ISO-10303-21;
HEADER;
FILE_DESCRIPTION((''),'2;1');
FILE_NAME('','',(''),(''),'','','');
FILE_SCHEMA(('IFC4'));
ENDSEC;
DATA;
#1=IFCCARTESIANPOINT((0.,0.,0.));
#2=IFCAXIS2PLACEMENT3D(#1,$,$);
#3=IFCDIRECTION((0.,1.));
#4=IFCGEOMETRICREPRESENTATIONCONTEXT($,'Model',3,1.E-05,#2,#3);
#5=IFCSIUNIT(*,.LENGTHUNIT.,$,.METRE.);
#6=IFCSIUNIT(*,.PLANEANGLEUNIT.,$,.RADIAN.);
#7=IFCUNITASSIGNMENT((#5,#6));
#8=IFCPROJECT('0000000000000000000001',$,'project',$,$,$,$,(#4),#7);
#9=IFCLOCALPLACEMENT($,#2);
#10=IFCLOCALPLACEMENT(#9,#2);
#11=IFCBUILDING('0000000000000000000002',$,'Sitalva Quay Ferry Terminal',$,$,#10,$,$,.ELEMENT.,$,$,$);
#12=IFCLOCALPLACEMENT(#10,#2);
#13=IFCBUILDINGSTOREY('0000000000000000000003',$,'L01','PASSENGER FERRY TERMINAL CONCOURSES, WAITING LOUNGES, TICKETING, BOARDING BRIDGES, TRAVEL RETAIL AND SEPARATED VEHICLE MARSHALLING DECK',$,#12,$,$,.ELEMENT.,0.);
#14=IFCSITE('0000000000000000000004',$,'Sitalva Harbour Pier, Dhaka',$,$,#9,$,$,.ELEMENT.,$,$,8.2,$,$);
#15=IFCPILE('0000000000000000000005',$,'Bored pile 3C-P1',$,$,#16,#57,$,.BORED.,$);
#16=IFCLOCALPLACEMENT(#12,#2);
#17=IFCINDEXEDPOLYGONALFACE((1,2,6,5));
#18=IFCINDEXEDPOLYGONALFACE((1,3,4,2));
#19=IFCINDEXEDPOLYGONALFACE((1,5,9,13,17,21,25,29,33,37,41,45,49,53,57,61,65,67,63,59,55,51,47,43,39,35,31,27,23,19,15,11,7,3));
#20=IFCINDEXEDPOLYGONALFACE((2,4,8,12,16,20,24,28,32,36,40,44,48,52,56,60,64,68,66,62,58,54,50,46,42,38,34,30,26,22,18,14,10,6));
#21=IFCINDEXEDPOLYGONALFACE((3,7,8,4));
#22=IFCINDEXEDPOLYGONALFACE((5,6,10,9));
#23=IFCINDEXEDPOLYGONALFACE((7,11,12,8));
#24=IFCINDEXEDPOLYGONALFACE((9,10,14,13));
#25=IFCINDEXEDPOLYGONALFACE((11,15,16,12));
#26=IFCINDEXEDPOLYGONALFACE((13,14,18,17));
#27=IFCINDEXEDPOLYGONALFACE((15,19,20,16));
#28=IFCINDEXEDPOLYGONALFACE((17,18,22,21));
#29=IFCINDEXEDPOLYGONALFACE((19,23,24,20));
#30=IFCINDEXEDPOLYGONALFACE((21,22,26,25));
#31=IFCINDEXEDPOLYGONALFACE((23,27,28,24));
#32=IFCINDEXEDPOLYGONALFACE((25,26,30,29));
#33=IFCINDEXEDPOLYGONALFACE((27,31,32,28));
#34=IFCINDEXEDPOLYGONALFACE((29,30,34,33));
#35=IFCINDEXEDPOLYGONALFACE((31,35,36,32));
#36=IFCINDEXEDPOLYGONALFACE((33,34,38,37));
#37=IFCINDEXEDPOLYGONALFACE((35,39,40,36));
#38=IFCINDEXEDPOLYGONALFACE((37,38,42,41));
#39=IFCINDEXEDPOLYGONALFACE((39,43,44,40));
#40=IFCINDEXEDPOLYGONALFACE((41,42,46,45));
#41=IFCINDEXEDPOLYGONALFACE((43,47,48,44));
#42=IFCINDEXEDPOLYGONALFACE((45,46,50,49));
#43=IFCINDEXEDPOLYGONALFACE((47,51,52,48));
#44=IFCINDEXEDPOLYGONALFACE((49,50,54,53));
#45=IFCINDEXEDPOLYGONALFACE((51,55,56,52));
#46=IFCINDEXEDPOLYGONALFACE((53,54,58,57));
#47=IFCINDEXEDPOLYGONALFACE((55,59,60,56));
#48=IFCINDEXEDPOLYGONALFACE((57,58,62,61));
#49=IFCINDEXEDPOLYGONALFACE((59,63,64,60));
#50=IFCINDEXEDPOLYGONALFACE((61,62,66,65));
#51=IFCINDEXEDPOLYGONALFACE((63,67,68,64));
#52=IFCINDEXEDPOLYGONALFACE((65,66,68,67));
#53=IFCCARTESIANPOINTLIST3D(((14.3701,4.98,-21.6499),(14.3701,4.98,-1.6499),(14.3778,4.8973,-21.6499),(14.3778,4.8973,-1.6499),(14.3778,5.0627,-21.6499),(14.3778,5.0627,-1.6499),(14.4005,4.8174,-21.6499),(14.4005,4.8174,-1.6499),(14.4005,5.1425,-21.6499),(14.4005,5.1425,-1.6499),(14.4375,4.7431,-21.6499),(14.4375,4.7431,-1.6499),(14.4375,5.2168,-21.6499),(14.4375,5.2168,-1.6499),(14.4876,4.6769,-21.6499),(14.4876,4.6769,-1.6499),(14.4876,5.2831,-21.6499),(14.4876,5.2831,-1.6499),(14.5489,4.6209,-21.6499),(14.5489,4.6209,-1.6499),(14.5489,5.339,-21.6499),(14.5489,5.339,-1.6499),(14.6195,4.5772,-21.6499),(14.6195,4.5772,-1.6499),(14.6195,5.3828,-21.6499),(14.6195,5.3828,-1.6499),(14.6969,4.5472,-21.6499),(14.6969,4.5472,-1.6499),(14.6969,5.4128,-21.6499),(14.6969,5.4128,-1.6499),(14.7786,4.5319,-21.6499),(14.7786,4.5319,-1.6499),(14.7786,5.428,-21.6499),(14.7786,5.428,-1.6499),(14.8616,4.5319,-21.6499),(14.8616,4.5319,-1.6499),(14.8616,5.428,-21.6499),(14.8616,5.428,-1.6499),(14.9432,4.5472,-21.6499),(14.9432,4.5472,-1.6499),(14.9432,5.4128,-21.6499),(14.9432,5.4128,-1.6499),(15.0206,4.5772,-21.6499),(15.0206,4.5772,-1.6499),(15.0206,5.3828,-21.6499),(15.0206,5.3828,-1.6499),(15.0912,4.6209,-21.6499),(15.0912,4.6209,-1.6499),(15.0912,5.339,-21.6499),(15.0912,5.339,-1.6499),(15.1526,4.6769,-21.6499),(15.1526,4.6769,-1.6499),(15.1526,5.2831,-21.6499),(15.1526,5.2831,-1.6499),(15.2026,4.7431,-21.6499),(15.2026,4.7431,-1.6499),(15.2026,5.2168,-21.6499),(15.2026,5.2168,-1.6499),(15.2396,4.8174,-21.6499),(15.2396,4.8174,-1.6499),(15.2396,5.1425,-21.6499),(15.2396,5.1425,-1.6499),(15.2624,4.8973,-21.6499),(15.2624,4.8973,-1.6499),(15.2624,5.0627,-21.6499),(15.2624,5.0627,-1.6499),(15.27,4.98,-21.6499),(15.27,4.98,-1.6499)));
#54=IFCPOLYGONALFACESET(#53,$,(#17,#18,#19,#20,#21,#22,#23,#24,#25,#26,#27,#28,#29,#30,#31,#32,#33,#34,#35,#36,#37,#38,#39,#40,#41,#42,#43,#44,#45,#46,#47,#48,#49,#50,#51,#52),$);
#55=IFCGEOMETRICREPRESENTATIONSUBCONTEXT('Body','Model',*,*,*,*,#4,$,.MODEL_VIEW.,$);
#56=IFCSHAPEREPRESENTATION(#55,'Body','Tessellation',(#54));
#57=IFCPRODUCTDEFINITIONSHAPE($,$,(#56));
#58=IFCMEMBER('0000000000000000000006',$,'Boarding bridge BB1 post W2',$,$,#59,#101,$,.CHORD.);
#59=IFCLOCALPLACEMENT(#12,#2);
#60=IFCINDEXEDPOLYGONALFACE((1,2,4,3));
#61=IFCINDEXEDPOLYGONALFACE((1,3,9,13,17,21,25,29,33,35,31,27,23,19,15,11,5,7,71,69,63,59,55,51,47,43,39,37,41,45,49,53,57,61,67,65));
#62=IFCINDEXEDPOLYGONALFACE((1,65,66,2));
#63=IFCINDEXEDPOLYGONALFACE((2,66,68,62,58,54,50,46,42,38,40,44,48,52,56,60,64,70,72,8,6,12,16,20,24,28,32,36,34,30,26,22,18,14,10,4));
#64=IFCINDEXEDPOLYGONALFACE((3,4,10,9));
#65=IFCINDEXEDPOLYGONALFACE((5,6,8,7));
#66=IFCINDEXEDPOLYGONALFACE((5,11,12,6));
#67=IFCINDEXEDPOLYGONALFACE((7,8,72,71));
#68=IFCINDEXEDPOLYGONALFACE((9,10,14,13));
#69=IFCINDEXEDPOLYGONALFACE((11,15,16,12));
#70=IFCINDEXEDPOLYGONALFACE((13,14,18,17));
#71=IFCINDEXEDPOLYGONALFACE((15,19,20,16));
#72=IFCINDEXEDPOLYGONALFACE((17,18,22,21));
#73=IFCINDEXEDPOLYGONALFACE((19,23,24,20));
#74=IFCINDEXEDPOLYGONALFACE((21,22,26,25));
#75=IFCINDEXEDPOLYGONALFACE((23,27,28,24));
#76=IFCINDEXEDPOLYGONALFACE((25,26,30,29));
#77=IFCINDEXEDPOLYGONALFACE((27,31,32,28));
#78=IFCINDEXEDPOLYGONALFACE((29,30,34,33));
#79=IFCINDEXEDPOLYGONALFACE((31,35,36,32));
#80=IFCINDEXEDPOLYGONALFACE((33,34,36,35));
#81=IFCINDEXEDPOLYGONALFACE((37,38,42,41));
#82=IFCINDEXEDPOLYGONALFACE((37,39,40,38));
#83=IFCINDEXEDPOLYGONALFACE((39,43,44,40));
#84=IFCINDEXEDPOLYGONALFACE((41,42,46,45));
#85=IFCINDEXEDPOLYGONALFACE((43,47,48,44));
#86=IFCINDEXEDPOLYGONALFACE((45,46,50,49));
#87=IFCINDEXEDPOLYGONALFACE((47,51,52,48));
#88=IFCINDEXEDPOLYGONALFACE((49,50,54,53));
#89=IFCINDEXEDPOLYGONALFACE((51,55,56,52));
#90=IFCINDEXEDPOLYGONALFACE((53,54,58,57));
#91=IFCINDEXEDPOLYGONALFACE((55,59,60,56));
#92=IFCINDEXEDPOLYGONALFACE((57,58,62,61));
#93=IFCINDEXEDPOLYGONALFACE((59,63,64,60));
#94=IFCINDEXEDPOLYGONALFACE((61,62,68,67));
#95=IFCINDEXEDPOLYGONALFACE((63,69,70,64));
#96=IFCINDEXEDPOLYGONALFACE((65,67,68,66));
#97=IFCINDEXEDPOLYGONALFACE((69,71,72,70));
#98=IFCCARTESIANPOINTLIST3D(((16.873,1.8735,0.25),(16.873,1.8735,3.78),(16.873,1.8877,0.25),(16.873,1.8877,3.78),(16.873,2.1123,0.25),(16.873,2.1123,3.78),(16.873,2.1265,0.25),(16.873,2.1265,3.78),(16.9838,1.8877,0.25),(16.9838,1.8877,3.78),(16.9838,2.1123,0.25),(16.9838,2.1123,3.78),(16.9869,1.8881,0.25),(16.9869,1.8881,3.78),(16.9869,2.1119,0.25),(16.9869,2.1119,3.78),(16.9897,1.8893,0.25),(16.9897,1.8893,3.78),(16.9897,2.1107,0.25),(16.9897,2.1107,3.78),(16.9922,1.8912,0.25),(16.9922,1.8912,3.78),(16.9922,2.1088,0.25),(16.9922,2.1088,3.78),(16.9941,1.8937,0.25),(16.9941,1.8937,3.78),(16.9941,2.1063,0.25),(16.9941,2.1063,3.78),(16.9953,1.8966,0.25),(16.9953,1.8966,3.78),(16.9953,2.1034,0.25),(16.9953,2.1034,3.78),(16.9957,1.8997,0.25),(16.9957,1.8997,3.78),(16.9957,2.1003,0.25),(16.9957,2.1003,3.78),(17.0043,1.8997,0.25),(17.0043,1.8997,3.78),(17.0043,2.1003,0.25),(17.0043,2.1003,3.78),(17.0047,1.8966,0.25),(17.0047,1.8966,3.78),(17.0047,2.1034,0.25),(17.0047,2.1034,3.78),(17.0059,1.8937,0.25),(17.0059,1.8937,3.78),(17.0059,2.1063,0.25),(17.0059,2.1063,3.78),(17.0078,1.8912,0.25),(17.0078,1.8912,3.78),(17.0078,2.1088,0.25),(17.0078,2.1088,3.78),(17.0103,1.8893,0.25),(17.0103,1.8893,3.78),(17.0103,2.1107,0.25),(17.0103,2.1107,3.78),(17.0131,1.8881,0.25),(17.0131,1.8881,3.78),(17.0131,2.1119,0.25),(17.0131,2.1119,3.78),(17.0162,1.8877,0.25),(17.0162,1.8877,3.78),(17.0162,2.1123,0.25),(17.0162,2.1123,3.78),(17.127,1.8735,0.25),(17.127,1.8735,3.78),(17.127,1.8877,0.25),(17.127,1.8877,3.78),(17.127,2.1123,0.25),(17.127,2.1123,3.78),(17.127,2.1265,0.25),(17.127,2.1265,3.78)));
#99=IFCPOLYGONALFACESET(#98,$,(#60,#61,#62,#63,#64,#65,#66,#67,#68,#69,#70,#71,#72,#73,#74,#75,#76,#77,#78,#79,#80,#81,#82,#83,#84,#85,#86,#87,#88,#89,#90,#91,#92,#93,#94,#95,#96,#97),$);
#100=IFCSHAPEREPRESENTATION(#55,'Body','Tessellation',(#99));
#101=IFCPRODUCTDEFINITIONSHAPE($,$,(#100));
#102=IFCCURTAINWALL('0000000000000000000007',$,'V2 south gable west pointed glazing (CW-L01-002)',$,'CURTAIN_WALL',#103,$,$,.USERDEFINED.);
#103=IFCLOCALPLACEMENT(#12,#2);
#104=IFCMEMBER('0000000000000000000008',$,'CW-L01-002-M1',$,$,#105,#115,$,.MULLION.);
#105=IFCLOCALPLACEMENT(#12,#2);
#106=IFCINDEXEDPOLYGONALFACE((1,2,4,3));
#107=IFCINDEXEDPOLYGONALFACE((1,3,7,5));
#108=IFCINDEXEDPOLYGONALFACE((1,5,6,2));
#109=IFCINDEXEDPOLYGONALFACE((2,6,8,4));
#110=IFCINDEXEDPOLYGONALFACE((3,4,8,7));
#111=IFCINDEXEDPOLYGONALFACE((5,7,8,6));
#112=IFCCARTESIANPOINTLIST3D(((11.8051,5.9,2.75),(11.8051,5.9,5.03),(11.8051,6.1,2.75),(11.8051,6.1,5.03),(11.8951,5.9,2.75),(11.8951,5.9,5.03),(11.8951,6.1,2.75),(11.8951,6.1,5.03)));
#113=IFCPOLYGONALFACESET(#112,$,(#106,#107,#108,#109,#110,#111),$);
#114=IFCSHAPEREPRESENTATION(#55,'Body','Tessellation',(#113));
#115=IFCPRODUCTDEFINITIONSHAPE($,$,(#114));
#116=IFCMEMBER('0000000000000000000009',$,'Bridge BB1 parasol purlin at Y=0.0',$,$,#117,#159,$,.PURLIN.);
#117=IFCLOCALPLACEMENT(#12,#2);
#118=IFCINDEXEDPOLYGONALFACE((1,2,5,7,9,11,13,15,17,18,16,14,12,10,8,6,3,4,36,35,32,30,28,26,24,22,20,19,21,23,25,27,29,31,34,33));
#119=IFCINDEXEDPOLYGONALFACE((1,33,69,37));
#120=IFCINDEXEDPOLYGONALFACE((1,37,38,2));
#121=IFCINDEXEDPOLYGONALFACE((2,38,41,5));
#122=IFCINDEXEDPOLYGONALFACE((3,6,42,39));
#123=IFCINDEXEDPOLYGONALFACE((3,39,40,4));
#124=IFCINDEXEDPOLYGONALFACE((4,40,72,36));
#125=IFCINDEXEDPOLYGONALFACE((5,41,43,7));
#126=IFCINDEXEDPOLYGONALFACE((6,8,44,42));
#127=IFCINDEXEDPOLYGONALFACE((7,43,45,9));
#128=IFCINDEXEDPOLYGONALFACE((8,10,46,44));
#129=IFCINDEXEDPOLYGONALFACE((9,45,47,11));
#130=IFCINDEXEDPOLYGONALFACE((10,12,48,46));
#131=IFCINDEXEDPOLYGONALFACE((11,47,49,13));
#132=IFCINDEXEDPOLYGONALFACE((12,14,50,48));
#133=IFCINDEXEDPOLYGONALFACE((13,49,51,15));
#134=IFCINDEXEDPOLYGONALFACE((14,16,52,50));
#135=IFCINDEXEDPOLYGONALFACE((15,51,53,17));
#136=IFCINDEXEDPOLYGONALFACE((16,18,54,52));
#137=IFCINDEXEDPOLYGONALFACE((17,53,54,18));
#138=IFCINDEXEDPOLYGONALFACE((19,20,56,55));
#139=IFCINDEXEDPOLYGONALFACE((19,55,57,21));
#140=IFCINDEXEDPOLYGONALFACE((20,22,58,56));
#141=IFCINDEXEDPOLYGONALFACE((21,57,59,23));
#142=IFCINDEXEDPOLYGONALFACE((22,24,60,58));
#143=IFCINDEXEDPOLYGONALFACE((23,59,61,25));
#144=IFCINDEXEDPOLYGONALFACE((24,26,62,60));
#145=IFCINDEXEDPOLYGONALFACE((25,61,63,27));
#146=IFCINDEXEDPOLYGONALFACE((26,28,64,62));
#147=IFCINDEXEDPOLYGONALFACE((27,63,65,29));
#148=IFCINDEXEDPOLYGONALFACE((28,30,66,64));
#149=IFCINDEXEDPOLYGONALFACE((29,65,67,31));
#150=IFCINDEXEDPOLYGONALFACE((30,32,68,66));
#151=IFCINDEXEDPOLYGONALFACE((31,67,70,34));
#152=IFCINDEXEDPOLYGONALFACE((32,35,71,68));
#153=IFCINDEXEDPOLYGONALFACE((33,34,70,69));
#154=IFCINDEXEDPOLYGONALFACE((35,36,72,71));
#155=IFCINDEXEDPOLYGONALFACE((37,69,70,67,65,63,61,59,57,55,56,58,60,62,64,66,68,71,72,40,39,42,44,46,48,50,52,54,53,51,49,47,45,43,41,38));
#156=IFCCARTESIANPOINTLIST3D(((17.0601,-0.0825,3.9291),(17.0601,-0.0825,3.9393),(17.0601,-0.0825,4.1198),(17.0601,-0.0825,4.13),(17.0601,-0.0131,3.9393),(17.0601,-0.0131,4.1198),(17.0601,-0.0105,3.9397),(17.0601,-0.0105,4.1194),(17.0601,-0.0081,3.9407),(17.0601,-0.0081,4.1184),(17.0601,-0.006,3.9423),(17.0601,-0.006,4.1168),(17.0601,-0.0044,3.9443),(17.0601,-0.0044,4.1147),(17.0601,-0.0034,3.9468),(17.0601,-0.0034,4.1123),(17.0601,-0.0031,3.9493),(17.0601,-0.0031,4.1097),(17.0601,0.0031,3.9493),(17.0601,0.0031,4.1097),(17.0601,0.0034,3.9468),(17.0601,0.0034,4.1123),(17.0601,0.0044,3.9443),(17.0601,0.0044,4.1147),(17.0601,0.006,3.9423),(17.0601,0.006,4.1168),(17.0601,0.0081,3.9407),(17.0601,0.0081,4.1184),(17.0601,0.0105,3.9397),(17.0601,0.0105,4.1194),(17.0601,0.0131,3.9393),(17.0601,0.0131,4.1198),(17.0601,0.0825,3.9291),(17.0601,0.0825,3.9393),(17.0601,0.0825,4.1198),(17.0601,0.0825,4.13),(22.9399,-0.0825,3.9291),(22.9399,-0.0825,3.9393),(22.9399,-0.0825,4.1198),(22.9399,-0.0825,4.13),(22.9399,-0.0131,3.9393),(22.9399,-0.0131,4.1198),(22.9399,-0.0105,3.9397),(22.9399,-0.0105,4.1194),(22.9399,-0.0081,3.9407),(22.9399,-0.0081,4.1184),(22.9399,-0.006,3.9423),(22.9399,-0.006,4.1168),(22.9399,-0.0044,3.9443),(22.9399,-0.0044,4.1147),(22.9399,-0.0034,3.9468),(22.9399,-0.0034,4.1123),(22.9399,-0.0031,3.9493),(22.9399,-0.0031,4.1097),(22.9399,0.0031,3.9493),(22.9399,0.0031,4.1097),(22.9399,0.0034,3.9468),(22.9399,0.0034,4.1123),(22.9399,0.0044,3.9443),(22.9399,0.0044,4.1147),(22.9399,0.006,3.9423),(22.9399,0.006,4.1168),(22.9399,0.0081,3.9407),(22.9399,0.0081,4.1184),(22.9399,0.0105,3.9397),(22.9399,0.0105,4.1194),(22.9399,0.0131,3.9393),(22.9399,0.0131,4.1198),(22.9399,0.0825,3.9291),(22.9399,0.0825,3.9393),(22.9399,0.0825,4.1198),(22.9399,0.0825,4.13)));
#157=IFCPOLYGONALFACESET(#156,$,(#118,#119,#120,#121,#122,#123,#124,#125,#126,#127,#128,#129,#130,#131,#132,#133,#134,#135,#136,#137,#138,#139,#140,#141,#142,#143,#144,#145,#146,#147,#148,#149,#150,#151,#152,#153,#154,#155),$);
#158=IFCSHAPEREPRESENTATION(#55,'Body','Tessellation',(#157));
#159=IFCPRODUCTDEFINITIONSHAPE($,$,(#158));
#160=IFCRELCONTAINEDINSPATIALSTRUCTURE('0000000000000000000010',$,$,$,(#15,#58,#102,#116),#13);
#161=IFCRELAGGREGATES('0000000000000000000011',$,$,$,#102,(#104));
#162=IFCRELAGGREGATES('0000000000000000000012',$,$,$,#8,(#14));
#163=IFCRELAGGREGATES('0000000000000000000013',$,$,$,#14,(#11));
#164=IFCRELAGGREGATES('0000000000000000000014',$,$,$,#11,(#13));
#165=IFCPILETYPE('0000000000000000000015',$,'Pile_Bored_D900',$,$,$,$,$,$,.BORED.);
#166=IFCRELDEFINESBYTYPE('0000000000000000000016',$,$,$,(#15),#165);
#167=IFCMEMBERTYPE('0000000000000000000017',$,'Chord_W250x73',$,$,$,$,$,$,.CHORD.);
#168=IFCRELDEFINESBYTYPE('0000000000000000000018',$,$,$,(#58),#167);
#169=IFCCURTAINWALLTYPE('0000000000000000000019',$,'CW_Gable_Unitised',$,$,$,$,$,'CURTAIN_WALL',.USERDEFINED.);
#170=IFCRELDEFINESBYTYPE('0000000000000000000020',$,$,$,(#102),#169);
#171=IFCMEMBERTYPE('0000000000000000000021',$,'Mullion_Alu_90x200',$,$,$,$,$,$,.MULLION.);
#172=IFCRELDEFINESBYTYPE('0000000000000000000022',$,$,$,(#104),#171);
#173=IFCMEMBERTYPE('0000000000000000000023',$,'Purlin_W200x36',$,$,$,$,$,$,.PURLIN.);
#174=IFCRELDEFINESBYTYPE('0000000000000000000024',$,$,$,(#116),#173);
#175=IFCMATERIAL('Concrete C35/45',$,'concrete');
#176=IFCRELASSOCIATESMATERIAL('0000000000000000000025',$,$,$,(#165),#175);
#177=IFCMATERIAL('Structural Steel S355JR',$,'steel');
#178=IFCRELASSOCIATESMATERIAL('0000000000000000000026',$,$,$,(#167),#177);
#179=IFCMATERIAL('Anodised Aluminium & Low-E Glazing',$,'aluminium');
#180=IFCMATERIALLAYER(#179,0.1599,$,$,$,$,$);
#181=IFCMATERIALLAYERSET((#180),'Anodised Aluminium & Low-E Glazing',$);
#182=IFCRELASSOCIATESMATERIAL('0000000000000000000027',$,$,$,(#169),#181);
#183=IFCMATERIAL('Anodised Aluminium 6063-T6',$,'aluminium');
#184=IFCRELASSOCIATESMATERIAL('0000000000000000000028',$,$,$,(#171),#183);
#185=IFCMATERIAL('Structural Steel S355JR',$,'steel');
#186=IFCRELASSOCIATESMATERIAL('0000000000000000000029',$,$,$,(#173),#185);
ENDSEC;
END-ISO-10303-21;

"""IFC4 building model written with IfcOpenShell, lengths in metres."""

from ifc_helpers import new_model, si_unit, direction, frame, origin, origin_2d, place, context, subcontext, project, spatial, rectangle, circle, i_section, extrude, material, layer, layer_set, material_profile, profile_set, type_object, element, aggregate, save


model = new_model("IFC4")

# Units and contexts
model_context = context("Model", 3, precision=1e-05, world=origin(), true_north=direction((0.0, 1.0)))
body_context = subcontext(model_context, "Body", "Model", "MODEL_VIEW")
ifc_project = project(units=[si_unit("LENGTHUNIT", "METRE"), si_unit("PLANEANGLEUNIT", "RADIAN")], contexts=[model_context])

# Site, building, storey
site_placement = place(None, origin())
site = spatial("IfcSite", under=ifc_project, at=site_placement, Name="Sitalva Harbour Pier, Dhaka", CompositionType="ELEMENT", RefElevation=8.2)
building_placement = place(site_placement, origin())
building = spatial("IfcBuilding", under=site, at=building_placement, Name="Sitalva Quay Ferry Terminal", CompositionType="ELEMENT")
storey_placement = place(building_placement, origin())
storey = spatial("IfcBuildingStorey", under=building, at=storey_placement, Name="L01", Description="PASSENGER FERRY TERMINAL CONCOURSES, WAITING LOUNGES, TICKETING, BOARDING BRIDGES, TRAVEL RETAIL AND SEPARATED VEHICLE MARSHALLING DECK", CompositionType="ELEMENT", Elevation=0.0)

# Pile
ifc_material_1 = material(Name="Concrete C35/45", Category="concrete")
ifc_material_profile_1 = material_profile(ifc_material_1, circle(Radius=0.45, at=origin_2d()), Name="PILE-D900")
ifc_profile_set_1 = profile_set([ifc_material_profile_1], Name="Concrete C35/45")
pile_type = type_object("IfcPileType", Name="Pile_Bored_D900", PredefinedType="BORED", material=ifc_profile_set_1)
pile_placement = place(storey_placement, frame((14.8201, 4.98, -1.6499), z_axis=(0.0, 0.0, -1.0), x_axis=(1.0, 0.0, 0.0)))
element("IfcPile", 1, at=pile_placement, inside=storey, type_object=pile_type, Name="Bored pile 3C-P1", PredefinedType="BORED", context=body_context, shape_type="SweptSolid", body=[
    extrude(circle(Radius=0.45, at=origin_2d()), origin(), (0.0, 0.0, 1.0), 20.0),
])

# Member
ifc_material_2 = material(Name="Structural Steel S355JR", Category="steel")
ifc_material_profile_2 = material_profile(ifc_material_2, i_section(OverallWidth=0.2539, OverallDepth=0.2529, WebThickness=0.0085, FlangeThickness=0.0142, FilletRadius=0.012, at=origin_2d()), Name="W250x73")
ifc_profile_set_2 = profile_set([ifc_material_profile_2], Name="Structural Steel S355JR")
member_type_1 = type_object("IfcMemberType", Name="Chord_W250x73", PredefinedType="CHORD", material=ifc_profile_set_2)
member_1_placement = place(storey_placement, frame((17.0, 2.0, 0.25), z_axis=(0.0, 0.0, 1.0), x_axis=(1.0, 0.0, 0.0)))
element("IfcMember", 2, at=member_1_placement, inside=storey, type_object=member_type_1, Name="Boarding bridge BB1 post W2", PredefinedType="CHORD", context=body_context, shape_type="SweptSolid", body=[
    extrude(i_section(OverallWidth=0.2539, OverallDepth=0.2529, WebThickness=0.0085, FlangeThickness=0.0142, FilletRadius=0.012, at=origin_2d()), origin(), (0.0, 0.0, 1.0), 3.53),
])

# Curtain wall, member
ifc_material_3 = material(Name="Anodised Aluminium & Low-E Glazing", Category="aluminium")
ifc_layer_1 = layer(ifc_material_3, 0.1599)
ifc_layer_set_1 = layer_set([ifc_layer_1], Name="Anodised Aluminium & Low-E Glazing")
curtain_wall_type = type_object("IfcCurtainWallType", Name="CW_Gable_Unitised", ElementType="CURTAIN_WALL", PredefinedType="USERDEFINED", material=ifc_layer_set_1)
curtain_wall_placement = place(storey_placement, origin())
curtain_wall = element("IfcCurtainWall", 3, at=curtain_wall_placement, inside=storey, type_object=curtain_wall_type, Name="V2 south gable west pointed glazing (CW-L01-002)", ObjectType="CURTAIN_WALL", PredefinedType="USERDEFINED")
ifc_material_4 = material(Name="Anodised Aluminium 6063-T6", Category="aluminium")
ifc_material_profile_3 = material_profile(ifc_material_4, rectangle(XDim=0.0901, YDim=0.2, at=origin_2d()), Name="ALU90x200")
ifc_profile_set_3 = profile_set([ifc_material_profile_3], Name="Anodised Aluminium 6063-T6")
member_type_2 = type_object("IfcMemberType", Name="Mullion_Alu_90x200", PredefinedType="MULLION", material=ifc_profile_set_3)
member_2_placement = place(storey_placement, frame((11.8501, 6.0, 2.75), z_axis=(0.0, 0.0, 1.0), x_axis=(1.0, 0.0, 0.0)))
member_2 = element("IfcMember", 4, at=member_2_placement, type_object=member_type_2, Name="CW-L01-002-M1", PredefinedType="MULLION", context=body_context, shape_type="SweptSolid", body=[
    extrude(rectangle(XDim=0.0901, YDim=0.2, at=origin_2d()), origin(), (0.0, 0.0, 1.0), 2.28),
])

# Member
ifc_material_5 = material(Name="Structural Steel S355JR", Category="steel")
ifc_material_profile_4 = material_profile(ifc_material_5, i_section(OverallWidth=0.165, OverallDepth=0.2009, WebThickness=0.0061, FlangeThickness=0.0103, FilletRadius=0.01, at=origin_2d()), Name="W200x36")
ifc_profile_set_4 = profile_set([ifc_material_profile_4], Name="Structural Steel S355JR")
member_type_3 = type_object("IfcMemberType", Name="Purlin_W200x36", PredefinedType="PURLIN", material=ifc_profile_set_4)
for number, where, z_axis, x_axis, name in (
    (5, (17.0601, 0.0, 4.0295), (1.0, 0.0, 0.0), (0.0, 1.0, 0.0), "Bridge BB1 parasol purlin at Y=0.0"),
):
    element("IfcMember", number, at=place(storey_placement, frame(where, z_axis=z_axis, x_axis=x_axis)), inside=storey, type_object=member_type_3, Name=name, PredefinedType="PURLIN", context=body_context, shape_type="SweptSolid", body=[
        extrude(i_section(OverallWidth=0.165, OverallDepth=0.2009, WebThickness=0.0061, FlangeThickness=0.0103, FilletRadius=0.01, at=origin_2d()), origin(), (0.0, 0.0, 1.0), 5.8799),
    ])

aggregate(curtain_wall, [member_2])

save(model, "model.ifc")
